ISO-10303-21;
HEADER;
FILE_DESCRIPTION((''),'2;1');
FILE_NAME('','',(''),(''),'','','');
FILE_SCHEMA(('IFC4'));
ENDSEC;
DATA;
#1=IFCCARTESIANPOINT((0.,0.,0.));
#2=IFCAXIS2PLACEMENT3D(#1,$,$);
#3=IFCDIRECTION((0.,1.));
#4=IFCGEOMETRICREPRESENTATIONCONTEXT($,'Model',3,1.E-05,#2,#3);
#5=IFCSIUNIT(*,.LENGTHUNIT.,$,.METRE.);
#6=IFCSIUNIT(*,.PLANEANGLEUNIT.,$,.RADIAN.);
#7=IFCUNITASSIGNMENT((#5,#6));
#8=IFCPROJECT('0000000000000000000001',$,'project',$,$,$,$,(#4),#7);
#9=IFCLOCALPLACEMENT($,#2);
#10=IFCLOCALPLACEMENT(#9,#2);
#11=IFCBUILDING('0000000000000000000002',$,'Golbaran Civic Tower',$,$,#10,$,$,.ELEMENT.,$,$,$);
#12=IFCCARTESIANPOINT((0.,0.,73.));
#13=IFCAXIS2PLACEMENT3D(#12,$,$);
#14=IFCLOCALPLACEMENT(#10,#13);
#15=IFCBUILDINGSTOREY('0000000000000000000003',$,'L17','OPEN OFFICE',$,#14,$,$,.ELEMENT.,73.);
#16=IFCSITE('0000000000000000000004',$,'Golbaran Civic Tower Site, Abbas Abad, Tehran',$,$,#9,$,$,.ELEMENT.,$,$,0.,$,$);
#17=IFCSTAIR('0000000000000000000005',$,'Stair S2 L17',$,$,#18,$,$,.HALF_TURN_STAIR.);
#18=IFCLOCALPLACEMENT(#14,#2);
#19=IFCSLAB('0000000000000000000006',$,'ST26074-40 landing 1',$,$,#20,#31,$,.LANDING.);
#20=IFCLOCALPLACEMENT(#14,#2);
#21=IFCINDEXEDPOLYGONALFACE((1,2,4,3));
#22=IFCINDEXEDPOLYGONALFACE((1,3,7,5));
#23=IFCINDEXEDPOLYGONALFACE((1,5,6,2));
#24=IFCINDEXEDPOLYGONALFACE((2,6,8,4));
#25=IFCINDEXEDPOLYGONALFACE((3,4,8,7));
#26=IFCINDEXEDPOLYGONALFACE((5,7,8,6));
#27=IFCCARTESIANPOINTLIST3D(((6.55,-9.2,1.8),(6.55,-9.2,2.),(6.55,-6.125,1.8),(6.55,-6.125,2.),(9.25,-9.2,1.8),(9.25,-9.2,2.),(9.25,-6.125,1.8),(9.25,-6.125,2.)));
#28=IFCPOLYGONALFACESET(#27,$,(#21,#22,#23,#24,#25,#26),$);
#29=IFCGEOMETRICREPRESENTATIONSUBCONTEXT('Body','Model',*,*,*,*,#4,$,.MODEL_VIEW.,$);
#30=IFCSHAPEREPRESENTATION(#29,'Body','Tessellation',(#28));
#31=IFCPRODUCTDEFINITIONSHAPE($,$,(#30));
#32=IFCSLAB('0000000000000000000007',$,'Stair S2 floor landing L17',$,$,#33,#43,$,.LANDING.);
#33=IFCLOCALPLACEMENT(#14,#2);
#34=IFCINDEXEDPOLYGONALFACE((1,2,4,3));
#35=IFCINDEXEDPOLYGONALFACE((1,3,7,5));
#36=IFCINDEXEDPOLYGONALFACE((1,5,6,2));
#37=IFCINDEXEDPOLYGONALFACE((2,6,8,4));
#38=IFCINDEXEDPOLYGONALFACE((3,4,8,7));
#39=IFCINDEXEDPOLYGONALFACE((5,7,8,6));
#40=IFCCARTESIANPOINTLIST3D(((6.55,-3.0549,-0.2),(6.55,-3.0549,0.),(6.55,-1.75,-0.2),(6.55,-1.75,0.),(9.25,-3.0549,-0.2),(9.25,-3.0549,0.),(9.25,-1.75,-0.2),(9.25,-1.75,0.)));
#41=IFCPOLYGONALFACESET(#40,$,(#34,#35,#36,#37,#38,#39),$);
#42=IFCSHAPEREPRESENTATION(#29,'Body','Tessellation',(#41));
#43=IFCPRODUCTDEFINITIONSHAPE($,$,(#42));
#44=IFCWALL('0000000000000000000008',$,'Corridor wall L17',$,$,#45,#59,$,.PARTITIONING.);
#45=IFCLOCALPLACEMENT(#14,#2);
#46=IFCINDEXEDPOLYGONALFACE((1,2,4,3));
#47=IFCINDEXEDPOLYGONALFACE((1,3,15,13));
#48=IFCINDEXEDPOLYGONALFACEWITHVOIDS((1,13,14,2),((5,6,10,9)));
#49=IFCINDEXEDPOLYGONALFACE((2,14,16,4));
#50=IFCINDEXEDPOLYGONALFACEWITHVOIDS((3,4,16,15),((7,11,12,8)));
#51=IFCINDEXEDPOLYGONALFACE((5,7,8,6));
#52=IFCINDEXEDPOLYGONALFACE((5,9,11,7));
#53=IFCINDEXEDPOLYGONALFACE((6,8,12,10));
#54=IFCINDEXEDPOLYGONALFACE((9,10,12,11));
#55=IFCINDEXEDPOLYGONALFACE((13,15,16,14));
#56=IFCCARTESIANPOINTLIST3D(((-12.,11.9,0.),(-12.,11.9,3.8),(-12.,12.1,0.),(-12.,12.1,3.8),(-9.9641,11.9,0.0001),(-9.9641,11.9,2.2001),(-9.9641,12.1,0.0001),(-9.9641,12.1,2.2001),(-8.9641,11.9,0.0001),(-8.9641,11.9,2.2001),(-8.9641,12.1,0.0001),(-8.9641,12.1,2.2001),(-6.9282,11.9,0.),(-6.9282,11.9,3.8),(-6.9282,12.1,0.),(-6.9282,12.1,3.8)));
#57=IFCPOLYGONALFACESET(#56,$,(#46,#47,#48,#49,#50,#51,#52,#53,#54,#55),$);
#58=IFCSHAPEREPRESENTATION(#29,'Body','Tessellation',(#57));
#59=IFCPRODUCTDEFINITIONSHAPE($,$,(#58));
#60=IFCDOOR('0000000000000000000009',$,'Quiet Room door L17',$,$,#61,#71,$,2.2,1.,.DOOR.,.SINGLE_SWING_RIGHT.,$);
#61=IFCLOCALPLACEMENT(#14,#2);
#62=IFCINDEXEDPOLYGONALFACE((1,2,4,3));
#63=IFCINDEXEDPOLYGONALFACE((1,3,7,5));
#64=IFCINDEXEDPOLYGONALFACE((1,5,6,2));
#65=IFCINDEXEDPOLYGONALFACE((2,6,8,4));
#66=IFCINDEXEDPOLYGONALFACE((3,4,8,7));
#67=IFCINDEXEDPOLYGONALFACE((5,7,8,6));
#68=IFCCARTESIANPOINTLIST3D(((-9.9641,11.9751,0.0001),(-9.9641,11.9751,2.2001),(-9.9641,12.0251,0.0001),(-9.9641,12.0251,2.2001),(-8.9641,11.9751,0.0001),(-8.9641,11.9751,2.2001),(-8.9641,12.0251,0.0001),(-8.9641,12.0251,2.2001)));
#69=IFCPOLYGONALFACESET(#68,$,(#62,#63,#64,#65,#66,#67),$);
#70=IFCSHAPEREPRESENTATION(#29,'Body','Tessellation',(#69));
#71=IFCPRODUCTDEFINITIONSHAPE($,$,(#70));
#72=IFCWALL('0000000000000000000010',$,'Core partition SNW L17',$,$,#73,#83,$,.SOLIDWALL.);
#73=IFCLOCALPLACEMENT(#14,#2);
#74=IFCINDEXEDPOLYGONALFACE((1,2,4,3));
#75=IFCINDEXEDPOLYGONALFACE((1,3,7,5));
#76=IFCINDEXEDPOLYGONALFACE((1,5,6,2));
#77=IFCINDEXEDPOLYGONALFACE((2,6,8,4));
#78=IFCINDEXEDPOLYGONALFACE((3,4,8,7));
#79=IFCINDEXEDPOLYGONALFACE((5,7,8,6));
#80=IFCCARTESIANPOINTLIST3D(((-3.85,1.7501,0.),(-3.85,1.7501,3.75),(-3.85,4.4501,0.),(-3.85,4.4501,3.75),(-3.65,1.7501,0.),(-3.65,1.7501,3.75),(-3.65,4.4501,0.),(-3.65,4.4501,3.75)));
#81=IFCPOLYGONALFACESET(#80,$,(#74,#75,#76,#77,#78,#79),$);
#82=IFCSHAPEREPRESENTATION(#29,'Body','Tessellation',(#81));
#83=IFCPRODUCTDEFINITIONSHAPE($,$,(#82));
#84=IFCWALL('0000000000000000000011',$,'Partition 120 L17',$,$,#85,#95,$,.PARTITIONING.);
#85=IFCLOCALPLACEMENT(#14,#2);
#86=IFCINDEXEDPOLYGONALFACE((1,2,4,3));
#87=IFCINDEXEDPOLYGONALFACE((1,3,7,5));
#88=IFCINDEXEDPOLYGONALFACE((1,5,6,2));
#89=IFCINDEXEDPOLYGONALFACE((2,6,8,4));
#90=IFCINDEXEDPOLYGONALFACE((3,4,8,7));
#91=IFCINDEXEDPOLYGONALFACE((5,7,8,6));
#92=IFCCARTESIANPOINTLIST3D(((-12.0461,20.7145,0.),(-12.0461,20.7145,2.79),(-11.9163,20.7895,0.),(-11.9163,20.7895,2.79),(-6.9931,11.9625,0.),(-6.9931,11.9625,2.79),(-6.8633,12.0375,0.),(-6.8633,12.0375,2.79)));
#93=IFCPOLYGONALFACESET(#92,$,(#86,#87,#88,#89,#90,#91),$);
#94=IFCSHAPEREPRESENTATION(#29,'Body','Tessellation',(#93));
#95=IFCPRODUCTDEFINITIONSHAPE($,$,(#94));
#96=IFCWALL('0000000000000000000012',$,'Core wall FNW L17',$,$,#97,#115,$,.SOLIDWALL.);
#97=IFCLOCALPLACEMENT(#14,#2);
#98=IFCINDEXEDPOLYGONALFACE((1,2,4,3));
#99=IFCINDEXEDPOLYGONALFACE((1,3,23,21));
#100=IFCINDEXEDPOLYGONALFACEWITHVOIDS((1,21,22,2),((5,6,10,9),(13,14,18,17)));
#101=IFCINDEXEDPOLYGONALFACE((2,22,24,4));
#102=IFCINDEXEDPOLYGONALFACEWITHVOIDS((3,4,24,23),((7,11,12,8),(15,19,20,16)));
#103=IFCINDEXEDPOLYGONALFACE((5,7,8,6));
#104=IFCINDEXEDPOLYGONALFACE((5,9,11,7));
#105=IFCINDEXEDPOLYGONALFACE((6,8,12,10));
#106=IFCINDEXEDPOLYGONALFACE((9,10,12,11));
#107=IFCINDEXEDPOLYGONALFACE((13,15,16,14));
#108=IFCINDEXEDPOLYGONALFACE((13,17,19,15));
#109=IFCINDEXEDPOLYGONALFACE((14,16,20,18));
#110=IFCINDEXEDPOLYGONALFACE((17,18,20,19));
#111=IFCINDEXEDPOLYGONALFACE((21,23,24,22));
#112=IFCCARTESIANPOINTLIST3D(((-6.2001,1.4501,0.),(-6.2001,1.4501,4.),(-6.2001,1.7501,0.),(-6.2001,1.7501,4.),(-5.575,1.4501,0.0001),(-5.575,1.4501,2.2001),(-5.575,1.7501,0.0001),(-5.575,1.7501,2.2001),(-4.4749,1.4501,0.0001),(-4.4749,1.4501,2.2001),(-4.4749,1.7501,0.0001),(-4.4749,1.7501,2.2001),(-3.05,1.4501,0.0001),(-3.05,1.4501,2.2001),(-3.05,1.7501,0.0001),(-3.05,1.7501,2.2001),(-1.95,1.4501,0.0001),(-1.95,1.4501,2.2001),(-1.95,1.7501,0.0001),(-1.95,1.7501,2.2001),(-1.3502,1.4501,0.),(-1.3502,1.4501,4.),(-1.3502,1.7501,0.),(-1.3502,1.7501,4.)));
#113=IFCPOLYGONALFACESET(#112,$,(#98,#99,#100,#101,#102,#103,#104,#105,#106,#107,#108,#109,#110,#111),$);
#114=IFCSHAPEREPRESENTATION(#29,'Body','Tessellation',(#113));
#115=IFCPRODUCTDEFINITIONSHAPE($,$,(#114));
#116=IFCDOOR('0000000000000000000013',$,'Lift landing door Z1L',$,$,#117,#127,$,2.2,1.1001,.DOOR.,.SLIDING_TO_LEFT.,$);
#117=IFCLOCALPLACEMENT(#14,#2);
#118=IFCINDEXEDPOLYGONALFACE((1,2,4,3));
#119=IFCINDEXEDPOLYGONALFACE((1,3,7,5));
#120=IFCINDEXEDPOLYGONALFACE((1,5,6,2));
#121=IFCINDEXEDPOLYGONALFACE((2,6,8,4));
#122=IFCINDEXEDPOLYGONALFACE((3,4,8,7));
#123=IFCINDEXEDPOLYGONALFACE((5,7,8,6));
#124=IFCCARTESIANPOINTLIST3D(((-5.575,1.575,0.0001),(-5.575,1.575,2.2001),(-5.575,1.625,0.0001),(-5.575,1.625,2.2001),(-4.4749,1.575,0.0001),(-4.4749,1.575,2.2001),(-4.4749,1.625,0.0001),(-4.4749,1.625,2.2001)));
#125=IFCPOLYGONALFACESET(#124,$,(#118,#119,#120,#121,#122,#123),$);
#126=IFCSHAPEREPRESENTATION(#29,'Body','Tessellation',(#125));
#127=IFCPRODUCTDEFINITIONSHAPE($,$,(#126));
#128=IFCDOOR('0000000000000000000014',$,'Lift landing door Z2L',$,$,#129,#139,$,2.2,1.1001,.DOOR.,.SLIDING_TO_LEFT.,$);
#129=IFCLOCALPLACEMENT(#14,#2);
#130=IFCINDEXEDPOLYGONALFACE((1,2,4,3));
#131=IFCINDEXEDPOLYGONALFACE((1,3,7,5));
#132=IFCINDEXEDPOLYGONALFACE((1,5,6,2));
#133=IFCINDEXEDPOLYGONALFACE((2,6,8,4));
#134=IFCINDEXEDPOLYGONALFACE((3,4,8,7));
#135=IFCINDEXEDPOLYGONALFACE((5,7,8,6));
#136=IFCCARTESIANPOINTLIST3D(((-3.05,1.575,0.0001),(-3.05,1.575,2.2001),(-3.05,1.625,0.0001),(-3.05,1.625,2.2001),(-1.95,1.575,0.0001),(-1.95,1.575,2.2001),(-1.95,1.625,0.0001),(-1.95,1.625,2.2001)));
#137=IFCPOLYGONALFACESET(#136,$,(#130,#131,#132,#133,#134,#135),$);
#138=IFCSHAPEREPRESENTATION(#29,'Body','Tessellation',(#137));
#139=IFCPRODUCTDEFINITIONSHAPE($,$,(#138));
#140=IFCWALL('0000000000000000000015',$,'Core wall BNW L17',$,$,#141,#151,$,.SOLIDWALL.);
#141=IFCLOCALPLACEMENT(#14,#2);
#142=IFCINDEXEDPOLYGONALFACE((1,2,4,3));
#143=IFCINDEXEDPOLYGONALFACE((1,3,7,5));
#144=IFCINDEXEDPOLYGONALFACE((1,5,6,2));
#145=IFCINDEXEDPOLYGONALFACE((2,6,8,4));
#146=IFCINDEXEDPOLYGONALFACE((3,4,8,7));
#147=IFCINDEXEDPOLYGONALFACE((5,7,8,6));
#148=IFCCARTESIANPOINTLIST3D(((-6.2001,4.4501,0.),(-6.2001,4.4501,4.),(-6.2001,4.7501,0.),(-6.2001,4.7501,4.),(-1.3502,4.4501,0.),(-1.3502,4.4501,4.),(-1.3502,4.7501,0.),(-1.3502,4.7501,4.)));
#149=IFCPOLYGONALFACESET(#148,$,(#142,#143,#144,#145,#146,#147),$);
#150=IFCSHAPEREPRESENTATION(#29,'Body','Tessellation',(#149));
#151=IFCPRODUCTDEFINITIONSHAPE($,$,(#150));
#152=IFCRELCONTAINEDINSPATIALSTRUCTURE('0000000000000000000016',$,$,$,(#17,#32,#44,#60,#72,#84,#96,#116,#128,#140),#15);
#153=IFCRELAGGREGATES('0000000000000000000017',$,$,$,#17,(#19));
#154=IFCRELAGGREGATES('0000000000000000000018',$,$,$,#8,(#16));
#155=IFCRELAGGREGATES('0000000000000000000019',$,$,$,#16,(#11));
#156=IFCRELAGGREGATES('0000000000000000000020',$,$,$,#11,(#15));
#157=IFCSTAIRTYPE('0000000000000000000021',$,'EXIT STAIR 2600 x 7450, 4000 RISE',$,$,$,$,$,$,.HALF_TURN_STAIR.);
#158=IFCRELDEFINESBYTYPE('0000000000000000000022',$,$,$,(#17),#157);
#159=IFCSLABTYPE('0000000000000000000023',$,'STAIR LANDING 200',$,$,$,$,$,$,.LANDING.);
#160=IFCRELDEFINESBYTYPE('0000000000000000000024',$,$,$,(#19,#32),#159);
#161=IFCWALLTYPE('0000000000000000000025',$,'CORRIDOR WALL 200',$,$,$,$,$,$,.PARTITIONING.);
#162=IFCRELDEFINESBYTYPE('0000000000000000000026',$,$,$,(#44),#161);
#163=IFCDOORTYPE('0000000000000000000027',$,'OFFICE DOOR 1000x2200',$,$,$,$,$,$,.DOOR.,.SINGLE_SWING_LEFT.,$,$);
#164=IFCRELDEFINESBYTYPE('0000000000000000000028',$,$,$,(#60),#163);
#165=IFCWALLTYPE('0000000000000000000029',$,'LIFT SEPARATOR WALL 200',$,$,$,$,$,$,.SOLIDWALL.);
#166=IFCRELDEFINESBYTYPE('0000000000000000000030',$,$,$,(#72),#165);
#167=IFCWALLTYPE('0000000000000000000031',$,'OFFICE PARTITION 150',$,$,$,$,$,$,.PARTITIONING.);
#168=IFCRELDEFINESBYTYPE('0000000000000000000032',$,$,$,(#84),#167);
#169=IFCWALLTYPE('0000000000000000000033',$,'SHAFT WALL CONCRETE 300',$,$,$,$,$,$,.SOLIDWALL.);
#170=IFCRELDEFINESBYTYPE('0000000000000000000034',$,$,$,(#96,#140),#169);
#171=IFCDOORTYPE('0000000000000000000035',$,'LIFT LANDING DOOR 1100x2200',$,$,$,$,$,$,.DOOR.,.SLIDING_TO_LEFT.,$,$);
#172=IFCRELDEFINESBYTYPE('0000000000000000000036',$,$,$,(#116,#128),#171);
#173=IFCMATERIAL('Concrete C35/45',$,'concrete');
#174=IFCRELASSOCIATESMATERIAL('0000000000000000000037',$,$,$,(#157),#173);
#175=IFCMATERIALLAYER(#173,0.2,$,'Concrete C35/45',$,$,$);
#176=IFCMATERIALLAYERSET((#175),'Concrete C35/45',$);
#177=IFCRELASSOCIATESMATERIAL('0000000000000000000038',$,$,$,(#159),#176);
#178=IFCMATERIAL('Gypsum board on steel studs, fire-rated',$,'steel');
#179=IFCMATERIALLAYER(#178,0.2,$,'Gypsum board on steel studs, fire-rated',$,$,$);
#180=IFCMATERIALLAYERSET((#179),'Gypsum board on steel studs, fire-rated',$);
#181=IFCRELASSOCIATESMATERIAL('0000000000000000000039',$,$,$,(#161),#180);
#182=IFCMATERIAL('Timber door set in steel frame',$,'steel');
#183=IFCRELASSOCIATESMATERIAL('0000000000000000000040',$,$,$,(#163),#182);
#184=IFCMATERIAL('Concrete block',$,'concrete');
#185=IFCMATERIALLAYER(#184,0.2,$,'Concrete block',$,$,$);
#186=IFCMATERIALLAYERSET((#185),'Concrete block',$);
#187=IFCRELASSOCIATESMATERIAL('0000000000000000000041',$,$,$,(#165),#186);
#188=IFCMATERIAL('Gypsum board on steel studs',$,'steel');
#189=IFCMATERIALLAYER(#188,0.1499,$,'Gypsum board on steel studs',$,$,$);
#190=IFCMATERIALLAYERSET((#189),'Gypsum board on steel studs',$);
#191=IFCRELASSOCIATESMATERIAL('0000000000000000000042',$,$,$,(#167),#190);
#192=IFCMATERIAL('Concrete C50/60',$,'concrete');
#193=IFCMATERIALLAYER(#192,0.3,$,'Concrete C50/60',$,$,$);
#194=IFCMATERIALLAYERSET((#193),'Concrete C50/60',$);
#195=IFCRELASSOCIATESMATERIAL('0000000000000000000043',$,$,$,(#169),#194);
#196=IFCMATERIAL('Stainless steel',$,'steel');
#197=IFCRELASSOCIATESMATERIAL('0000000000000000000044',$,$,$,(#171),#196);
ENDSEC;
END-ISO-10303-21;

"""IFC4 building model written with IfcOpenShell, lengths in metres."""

from ifc_helpers import new_model, si_unit, direction, frame, frame_2d, origin, place, context, subcontext, project, spatial, polyline, rectangle, outline, extrude, material, layer, layer_set, type_object, element, fill, aggregate, save


model = new_model("IFC4")

# Units and contexts
model_context = context("Model", 3, precision=1e-05, world=origin(), true_north=direction((0.0, 1.0)))
body_context = subcontext(model_context, "Body", "Model", "MODEL_VIEW")
ifc_project = project(units=[si_unit("LENGTHUNIT", "METRE"), si_unit("PLANEANGLEUNIT", "RADIAN")], contexts=[model_context])

# Site, building, storey
site_placement = place(None, origin())
site = spatial("IfcSite", under=ifc_project, at=site_placement, Name="Golbaran Civic Tower Site, Abbas Abad, Tehran", CompositionType="ELEMENT", RefElevation=0.0)
building_placement = place(site_placement, origin())
building = spatial("IfcBuilding", under=site, at=building_placement, Name="Golbaran Civic Tower", CompositionType="ELEMENT")
storey_placement = place(building_placement, frame((0.0, 0.0, 73.0)))
storey = spatial("IfcBuildingStorey", under=building, at=storey_placement, Name="L17", Description="OPEN OFFICE", CompositionType="ELEMENT", Elevation=73.0)

# Shared definitions
ifc_material_1 = material(Name="Concrete C35/45", Category="concrete")

# Shared definitions
stair_type = type_object("IfcStairType", Name="EXIT STAIR 2600 x 7450, 4000 RISE", PredefinedType="HALF_TURN_STAIR", material=ifc_material_1)
ifc_layer_1 = layer(ifc_material_1, 0.2, Name="Concrete C35/45")
ifc_layer_set_1 = layer_set([ifc_layer_1], Name="Concrete C35/45")
slab_type_1 = type_object("IfcSlabType", Name="STAIR LANDING 200", PredefinedType="LANDING", material=ifc_layer_set_1)

# Stair, slab
stair_1_placement = place(storey_placement, origin())
stair_1 = element("IfcStair", 1, at=stair_1_placement, inside=storey, type_object=stair_type, Name="Stair S2 L17", PredefinedType="HALF_TURN_STAIR")
slab_1_placement = place(storey_placement, frame((0.0, 0.0, 1.8)))
slab_1 = element("IfcSlab", 2, at=slab_1_placement, type_object=slab_type_1, Name="ST26074-40 landing 1", PredefinedType="LANDING", context=body_context, shape_type="SweptSolid", body=[
    extrude(outline(polyline([(9.25, -6.125), (9.25, -9.2), (6.55, -9.2), (6.55, -6.125), (9.25, -6.125)])), origin(), (0.0, 0.0, 1.0), 0.2),
])
aggregate(stair_1, [slab_1])

# Slab
slab_2_placement = place(storey_placement, frame((0.0, 0.0, -0.2)))
element("IfcSlab", 3, at=slab_2_placement, inside=storey, type_object=slab_type_1, Name="Stair S2 floor landing L17", PredefinedType="LANDING", context=body_context, shape_type="SweptSolid", body=[
    extrude(outline(polyline([(9.25, -1.75), (9.25, -3.0549), (6.55, -3.0549), (6.55, -1.75), (9.25, -1.75)])), origin(), (0.0, 0.0, 1.0), 0.2),
])

# Wall, opening, door
ifc_material_2 = material(Name="Gypsum board on steel studs, fire-rated", Category="steel")
ifc_layer_2 = layer(ifc_material_2, 0.2, Name="Gypsum board on steel studs, fire-rated")
ifc_layer_set_2 = layer_set([ifc_layer_2], Name="Gypsum board on steel studs, fire-rated")
wall_type_1 = type_object("IfcWallType", Name="CORRIDOR WALL 200", PredefinedType="PARTITIONING", material=ifc_layer_set_2)
wall_1_placement = place(storey_placement, frame((-6.9282, 12.0, 0.0), z_axis=(0.0, 0.0, 1.0), x_axis=(-1.0, 0.0, 0.0)))
wall_1 = element("IfcWall", 4, at=wall_1_placement, inside=storey, type_object=wall_type_1, Name="Corridor wall L17", PredefinedType="PARTITIONING", context=body_context, shape_type="SweptSolid", body=[
    extrude(rectangle(XDim=5.0718, YDim=0.2, at=frame_2d((2.5359, 0.0))), origin(), (0.0, 0.0, 1.0), 3.8),
])
opening_1_placement = place(wall_1_placement, frame((2.0359, 0.0, 0.0)))
opening_1 = element("IfcOpeningElement", 5, at=opening_1_placement, cuts=wall_1, PredefinedType="OPENING", context=body_context, shape_type="SweptSolid", body=[
    extrude(rectangle(XDim=1.0, YDim=2.2, at=frame_2d((0.5, 1.1001))), frame((0.0, 0.1099, 0.0), z_axis=(0.0, -1.0, 0.0), x_axis=(1.0, 0.0, 0.0)), (0.0, 0.0, 1.0), 0.22),
])
ifc_material_3 = material(Name="Timber door set in steel frame", Category="steel")
door_type_1 = type_object("IfcDoorType", Name="OFFICE DOOR 1000x2200", OperationType="SINGLE_SWING_LEFT", PredefinedType="DOOR", material=ifc_material_3)
door_1_placement = place(opening_1_placement, origin())
door_1 = element("IfcDoor", 6, at=door_1_placement, inside=storey, type_object=door_type_1, Name="Quiet Room door L17", OperationType="SINGLE_SWING_RIGHT", OverallHeight=2.2, OverallWidth=1.0, PredefinedType="DOOR", context=body_context, shape_type="SweptSolid", body=[
    extrude(rectangle(XDim=1.0, YDim=2.2, at=frame_2d((0.5, 1.1001))), frame((0.0, 0.0249, 0.0), z_axis=(0.0, -1.0, 0.0), x_axis=(1.0, 0.0, 0.0)), (0.0, 0.0, 1.0), 0.05),
])
fill(opening_1, door_1)

# Walls
ifc_material_4 = material(Name="Concrete block", Category="concrete")
ifc_layer_3 = layer(ifc_material_4, 0.2, Name="Concrete block")
ifc_layer_set_3 = layer_set([ifc_layer_3], Name="Concrete block")
wall_type_2 = type_object("IfcWallType", Name="LIFT SEPARATOR WALL 200", PredefinedType="SOLIDWALL", material=ifc_layer_set_3)
wall_2_placement = place(storey_placement, frame((-3.75, 1.75, 0.0), z_axis=(0.0, 0.0, 1.0), x_axis=(0.0, 1.0, 0.0)))
element("IfcWall", 7, at=wall_2_placement, inside=storey, type_object=wall_type_2, Name="Core partition SNW L17", PredefinedType="SOLIDWALL", context=body_context, shape_type="SweptSolid", body=[
    extrude(rectangle(XDim=2.7, YDim=0.2, at=frame_2d((1.3501, 0.0))), origin(), (0.0, 0.0, 1.0), 3.75),
])
ifc_material_5 = material(Name="Gypsum board on steel studs", Category="steel")
ifc_layer_4 = layer(ifc_material_5, 0.1499, Name="Gypsum board on steel studs")
ifc_layer_set_4 = layer_set([ifc_layer_4], Name="Gypsum board on steel studs")
wall_type_3 = type_object("IfcWallType", Name="OFFICE PARTITION 150", PredefinedType="PARTITIONING", material=ifc_layer_set_4)
wall_3_placement = place(storey_placement, frame((-6.9282, 12.0, 0.0), z_axis=(0.0, 0.0, 1.0), x_axis=(-0.500003, 0.866024, 0.0)))
element("IfcWall", 8, at=wall_3_placement, inside=storey, type_object=wall_type_3, Name="Partition 120 L17", PredefinedType="PARTITIONING", context=body_context, shape_type="SweptSolid", body=[
    extrude(rectangle(XDim=10.106, YDim=0.1499, at=frame_2d((5.053, 0.0))), origin(), (0.0, 0.0, 1.0), 2.79),
])

# Wall, openings, doors
ifc_material_6 = material(Name="Concrete C50/60", Category="concrete")
ifc_layer_5 = layer(ifc_material_6, 0.3, Name="Concrete C50/60")
ifc_layer_set_5 = layer_set([ifc_layer_5], Name="Concrete C50/60")
wall_type_4 = type_object("IfcWallType", Name="SHAFT WALL CONCRETE 300", PredefinedType="SOLIDWALL", material=ifc_layer_set_5)
wall_4_placement = place(storey_placement, frame((-6.2, 1.6001, 0.0), z_axis=(0.0, 0.0, 1.0), x_axis=(1.0, 0.0, 0.0)))
wall_4 = element("IfcWall", 9, at=wall_4_placement, inside=storey, type_object=wall_type_4, Name="Core wall FNW L17", PredefinedType="SOLIDWALL", context=body_context, shape_type="SweptSolid", body=[
    extrude(rectangle(XDim=4.8499, YDim=0.3, at=frame_2d((2.4248, 0.0))), origin(), (0.0, 0.0, 1.0), 4.0),
])
opening_2_placement = place(wall_4_placement, frame((0.625, 0.0, 0.0)))
opening_2 = element("IfcOpeningElement", 10, at=opening_2_placement, cuts=wall_4, PredefinedType="OPENING", context=body_context, shape_type="SweptSolid", body=[
    extrude(rectangle(XDim=1.1001, YDim=2.2, at=frame_2d((0.55, 1.1001))), frame((0.0, 0.1599, 0.0), z_axis=(0.0, -1.0, 0.0), x_axis=(1.0, 0.0, 0.0)), (0.0, 0.0, 1.0), 0.3201),
])
opening_3_placement = place(wall_4_placement, frame((3.1499, 0.0, 0.0)))
opening_3 = element("IfcOpeningElement", 11, at=opening_3_placement, cuts=wall_4, PredefinedType="OPENING", context=body_context, shape_type="SweptSolid", body=[
    extrude(rectangle(XDim=1.1001, YDim=2.2, at=frame_2d((0.55, 1.1001))), frame((0.0, 0.1599, 0.0), z_axis=(0.0, -1.0, 0.0), x_axis=(1.0, 0.0, 0.0)), (0.0, 0.0, 1.0), 0.3201),
])
ifc_material_7 = material(Name="Stainless steel", Category="steel")
door_type_2 = type_object("IfcDoorType", Name="LIFT LANDING DOOR 1100x2200", OperationType="SLIDING_TO_LEFT", PredefinedType="DOOR", material=ifc_material_7)
door_2_placement = place(opening_2_placement, origin())
door_2 = element("IfcDoor", 12, at=door_2_placement, inside=storey, type_object=door_type_2, Name="Lift landing door Z1L", OperationType="SLIDING_TO_LEFT", OverallHeight=2.2, OverallWidth=1.1001, PredefinedType="DOOR", context=body_context, shape_type="SweptSolid", body=[
    extrude(rectangle(XDim=1.1001, YDim=2.2, at=frame_2d((0.55, 1.1001))), frame((0.0, 0.0249, 0.0), z_axis=(0.0, -1.0, 0.0), x_axis=(1.0, 0.0, 0.0)), (0.0, 0.0, 1.0), 0.05),
])
fill(opening_2, door_2)
door_3_placement = place(opening_3_placement, origin())
door_3 = element("IfcDoor", 13, at=door_3_placement, inside=storey, type_object=door_type_2, Name="Lift landing door Z2L", OperationType="SLIDING_TO_LEFT", OverallHeight=2.2, OverallWidth=1.1001, PredefinedType="DOOR", context=body_context, shape_type="SweptSolid", body=[
    extrude(rectangle(XDim=1.1001, YDim=2.2, at=frame_2d((0.55, 1.1001))), frame((0.0, 0.0249, 0.0), z_axis=(0.0, -1.0, 0.0), x_axis=(1.0, 0.0, 0.0)), (0.0, 0.0, 1.0), 0.05),
])
fill(opening_3, door_3)

# Wall
wall_5_placement = place(storey_placement, frame((-6.2, 4.6001, 0.0), z_axis=(0.0, 0.0, 1.0), x_axis=(1.0, 0.0, 0.0)))
element("IfcWall", 14, at=wall_5_placement, inside=storey, type_object=wall_type_4, Name="Core wall BNW L17", PredefinedType="SOLIDWALL", context=body_context, shape_type="SweptSolid", body=[
    extrude(rectangle(XDim=4.8499, YDim=0.3, at=frame_2d((2.4248, 0.0))), origin(), (0.0, 0.0, 1.0), 4.0),
])

save(model, "model.ifc")
